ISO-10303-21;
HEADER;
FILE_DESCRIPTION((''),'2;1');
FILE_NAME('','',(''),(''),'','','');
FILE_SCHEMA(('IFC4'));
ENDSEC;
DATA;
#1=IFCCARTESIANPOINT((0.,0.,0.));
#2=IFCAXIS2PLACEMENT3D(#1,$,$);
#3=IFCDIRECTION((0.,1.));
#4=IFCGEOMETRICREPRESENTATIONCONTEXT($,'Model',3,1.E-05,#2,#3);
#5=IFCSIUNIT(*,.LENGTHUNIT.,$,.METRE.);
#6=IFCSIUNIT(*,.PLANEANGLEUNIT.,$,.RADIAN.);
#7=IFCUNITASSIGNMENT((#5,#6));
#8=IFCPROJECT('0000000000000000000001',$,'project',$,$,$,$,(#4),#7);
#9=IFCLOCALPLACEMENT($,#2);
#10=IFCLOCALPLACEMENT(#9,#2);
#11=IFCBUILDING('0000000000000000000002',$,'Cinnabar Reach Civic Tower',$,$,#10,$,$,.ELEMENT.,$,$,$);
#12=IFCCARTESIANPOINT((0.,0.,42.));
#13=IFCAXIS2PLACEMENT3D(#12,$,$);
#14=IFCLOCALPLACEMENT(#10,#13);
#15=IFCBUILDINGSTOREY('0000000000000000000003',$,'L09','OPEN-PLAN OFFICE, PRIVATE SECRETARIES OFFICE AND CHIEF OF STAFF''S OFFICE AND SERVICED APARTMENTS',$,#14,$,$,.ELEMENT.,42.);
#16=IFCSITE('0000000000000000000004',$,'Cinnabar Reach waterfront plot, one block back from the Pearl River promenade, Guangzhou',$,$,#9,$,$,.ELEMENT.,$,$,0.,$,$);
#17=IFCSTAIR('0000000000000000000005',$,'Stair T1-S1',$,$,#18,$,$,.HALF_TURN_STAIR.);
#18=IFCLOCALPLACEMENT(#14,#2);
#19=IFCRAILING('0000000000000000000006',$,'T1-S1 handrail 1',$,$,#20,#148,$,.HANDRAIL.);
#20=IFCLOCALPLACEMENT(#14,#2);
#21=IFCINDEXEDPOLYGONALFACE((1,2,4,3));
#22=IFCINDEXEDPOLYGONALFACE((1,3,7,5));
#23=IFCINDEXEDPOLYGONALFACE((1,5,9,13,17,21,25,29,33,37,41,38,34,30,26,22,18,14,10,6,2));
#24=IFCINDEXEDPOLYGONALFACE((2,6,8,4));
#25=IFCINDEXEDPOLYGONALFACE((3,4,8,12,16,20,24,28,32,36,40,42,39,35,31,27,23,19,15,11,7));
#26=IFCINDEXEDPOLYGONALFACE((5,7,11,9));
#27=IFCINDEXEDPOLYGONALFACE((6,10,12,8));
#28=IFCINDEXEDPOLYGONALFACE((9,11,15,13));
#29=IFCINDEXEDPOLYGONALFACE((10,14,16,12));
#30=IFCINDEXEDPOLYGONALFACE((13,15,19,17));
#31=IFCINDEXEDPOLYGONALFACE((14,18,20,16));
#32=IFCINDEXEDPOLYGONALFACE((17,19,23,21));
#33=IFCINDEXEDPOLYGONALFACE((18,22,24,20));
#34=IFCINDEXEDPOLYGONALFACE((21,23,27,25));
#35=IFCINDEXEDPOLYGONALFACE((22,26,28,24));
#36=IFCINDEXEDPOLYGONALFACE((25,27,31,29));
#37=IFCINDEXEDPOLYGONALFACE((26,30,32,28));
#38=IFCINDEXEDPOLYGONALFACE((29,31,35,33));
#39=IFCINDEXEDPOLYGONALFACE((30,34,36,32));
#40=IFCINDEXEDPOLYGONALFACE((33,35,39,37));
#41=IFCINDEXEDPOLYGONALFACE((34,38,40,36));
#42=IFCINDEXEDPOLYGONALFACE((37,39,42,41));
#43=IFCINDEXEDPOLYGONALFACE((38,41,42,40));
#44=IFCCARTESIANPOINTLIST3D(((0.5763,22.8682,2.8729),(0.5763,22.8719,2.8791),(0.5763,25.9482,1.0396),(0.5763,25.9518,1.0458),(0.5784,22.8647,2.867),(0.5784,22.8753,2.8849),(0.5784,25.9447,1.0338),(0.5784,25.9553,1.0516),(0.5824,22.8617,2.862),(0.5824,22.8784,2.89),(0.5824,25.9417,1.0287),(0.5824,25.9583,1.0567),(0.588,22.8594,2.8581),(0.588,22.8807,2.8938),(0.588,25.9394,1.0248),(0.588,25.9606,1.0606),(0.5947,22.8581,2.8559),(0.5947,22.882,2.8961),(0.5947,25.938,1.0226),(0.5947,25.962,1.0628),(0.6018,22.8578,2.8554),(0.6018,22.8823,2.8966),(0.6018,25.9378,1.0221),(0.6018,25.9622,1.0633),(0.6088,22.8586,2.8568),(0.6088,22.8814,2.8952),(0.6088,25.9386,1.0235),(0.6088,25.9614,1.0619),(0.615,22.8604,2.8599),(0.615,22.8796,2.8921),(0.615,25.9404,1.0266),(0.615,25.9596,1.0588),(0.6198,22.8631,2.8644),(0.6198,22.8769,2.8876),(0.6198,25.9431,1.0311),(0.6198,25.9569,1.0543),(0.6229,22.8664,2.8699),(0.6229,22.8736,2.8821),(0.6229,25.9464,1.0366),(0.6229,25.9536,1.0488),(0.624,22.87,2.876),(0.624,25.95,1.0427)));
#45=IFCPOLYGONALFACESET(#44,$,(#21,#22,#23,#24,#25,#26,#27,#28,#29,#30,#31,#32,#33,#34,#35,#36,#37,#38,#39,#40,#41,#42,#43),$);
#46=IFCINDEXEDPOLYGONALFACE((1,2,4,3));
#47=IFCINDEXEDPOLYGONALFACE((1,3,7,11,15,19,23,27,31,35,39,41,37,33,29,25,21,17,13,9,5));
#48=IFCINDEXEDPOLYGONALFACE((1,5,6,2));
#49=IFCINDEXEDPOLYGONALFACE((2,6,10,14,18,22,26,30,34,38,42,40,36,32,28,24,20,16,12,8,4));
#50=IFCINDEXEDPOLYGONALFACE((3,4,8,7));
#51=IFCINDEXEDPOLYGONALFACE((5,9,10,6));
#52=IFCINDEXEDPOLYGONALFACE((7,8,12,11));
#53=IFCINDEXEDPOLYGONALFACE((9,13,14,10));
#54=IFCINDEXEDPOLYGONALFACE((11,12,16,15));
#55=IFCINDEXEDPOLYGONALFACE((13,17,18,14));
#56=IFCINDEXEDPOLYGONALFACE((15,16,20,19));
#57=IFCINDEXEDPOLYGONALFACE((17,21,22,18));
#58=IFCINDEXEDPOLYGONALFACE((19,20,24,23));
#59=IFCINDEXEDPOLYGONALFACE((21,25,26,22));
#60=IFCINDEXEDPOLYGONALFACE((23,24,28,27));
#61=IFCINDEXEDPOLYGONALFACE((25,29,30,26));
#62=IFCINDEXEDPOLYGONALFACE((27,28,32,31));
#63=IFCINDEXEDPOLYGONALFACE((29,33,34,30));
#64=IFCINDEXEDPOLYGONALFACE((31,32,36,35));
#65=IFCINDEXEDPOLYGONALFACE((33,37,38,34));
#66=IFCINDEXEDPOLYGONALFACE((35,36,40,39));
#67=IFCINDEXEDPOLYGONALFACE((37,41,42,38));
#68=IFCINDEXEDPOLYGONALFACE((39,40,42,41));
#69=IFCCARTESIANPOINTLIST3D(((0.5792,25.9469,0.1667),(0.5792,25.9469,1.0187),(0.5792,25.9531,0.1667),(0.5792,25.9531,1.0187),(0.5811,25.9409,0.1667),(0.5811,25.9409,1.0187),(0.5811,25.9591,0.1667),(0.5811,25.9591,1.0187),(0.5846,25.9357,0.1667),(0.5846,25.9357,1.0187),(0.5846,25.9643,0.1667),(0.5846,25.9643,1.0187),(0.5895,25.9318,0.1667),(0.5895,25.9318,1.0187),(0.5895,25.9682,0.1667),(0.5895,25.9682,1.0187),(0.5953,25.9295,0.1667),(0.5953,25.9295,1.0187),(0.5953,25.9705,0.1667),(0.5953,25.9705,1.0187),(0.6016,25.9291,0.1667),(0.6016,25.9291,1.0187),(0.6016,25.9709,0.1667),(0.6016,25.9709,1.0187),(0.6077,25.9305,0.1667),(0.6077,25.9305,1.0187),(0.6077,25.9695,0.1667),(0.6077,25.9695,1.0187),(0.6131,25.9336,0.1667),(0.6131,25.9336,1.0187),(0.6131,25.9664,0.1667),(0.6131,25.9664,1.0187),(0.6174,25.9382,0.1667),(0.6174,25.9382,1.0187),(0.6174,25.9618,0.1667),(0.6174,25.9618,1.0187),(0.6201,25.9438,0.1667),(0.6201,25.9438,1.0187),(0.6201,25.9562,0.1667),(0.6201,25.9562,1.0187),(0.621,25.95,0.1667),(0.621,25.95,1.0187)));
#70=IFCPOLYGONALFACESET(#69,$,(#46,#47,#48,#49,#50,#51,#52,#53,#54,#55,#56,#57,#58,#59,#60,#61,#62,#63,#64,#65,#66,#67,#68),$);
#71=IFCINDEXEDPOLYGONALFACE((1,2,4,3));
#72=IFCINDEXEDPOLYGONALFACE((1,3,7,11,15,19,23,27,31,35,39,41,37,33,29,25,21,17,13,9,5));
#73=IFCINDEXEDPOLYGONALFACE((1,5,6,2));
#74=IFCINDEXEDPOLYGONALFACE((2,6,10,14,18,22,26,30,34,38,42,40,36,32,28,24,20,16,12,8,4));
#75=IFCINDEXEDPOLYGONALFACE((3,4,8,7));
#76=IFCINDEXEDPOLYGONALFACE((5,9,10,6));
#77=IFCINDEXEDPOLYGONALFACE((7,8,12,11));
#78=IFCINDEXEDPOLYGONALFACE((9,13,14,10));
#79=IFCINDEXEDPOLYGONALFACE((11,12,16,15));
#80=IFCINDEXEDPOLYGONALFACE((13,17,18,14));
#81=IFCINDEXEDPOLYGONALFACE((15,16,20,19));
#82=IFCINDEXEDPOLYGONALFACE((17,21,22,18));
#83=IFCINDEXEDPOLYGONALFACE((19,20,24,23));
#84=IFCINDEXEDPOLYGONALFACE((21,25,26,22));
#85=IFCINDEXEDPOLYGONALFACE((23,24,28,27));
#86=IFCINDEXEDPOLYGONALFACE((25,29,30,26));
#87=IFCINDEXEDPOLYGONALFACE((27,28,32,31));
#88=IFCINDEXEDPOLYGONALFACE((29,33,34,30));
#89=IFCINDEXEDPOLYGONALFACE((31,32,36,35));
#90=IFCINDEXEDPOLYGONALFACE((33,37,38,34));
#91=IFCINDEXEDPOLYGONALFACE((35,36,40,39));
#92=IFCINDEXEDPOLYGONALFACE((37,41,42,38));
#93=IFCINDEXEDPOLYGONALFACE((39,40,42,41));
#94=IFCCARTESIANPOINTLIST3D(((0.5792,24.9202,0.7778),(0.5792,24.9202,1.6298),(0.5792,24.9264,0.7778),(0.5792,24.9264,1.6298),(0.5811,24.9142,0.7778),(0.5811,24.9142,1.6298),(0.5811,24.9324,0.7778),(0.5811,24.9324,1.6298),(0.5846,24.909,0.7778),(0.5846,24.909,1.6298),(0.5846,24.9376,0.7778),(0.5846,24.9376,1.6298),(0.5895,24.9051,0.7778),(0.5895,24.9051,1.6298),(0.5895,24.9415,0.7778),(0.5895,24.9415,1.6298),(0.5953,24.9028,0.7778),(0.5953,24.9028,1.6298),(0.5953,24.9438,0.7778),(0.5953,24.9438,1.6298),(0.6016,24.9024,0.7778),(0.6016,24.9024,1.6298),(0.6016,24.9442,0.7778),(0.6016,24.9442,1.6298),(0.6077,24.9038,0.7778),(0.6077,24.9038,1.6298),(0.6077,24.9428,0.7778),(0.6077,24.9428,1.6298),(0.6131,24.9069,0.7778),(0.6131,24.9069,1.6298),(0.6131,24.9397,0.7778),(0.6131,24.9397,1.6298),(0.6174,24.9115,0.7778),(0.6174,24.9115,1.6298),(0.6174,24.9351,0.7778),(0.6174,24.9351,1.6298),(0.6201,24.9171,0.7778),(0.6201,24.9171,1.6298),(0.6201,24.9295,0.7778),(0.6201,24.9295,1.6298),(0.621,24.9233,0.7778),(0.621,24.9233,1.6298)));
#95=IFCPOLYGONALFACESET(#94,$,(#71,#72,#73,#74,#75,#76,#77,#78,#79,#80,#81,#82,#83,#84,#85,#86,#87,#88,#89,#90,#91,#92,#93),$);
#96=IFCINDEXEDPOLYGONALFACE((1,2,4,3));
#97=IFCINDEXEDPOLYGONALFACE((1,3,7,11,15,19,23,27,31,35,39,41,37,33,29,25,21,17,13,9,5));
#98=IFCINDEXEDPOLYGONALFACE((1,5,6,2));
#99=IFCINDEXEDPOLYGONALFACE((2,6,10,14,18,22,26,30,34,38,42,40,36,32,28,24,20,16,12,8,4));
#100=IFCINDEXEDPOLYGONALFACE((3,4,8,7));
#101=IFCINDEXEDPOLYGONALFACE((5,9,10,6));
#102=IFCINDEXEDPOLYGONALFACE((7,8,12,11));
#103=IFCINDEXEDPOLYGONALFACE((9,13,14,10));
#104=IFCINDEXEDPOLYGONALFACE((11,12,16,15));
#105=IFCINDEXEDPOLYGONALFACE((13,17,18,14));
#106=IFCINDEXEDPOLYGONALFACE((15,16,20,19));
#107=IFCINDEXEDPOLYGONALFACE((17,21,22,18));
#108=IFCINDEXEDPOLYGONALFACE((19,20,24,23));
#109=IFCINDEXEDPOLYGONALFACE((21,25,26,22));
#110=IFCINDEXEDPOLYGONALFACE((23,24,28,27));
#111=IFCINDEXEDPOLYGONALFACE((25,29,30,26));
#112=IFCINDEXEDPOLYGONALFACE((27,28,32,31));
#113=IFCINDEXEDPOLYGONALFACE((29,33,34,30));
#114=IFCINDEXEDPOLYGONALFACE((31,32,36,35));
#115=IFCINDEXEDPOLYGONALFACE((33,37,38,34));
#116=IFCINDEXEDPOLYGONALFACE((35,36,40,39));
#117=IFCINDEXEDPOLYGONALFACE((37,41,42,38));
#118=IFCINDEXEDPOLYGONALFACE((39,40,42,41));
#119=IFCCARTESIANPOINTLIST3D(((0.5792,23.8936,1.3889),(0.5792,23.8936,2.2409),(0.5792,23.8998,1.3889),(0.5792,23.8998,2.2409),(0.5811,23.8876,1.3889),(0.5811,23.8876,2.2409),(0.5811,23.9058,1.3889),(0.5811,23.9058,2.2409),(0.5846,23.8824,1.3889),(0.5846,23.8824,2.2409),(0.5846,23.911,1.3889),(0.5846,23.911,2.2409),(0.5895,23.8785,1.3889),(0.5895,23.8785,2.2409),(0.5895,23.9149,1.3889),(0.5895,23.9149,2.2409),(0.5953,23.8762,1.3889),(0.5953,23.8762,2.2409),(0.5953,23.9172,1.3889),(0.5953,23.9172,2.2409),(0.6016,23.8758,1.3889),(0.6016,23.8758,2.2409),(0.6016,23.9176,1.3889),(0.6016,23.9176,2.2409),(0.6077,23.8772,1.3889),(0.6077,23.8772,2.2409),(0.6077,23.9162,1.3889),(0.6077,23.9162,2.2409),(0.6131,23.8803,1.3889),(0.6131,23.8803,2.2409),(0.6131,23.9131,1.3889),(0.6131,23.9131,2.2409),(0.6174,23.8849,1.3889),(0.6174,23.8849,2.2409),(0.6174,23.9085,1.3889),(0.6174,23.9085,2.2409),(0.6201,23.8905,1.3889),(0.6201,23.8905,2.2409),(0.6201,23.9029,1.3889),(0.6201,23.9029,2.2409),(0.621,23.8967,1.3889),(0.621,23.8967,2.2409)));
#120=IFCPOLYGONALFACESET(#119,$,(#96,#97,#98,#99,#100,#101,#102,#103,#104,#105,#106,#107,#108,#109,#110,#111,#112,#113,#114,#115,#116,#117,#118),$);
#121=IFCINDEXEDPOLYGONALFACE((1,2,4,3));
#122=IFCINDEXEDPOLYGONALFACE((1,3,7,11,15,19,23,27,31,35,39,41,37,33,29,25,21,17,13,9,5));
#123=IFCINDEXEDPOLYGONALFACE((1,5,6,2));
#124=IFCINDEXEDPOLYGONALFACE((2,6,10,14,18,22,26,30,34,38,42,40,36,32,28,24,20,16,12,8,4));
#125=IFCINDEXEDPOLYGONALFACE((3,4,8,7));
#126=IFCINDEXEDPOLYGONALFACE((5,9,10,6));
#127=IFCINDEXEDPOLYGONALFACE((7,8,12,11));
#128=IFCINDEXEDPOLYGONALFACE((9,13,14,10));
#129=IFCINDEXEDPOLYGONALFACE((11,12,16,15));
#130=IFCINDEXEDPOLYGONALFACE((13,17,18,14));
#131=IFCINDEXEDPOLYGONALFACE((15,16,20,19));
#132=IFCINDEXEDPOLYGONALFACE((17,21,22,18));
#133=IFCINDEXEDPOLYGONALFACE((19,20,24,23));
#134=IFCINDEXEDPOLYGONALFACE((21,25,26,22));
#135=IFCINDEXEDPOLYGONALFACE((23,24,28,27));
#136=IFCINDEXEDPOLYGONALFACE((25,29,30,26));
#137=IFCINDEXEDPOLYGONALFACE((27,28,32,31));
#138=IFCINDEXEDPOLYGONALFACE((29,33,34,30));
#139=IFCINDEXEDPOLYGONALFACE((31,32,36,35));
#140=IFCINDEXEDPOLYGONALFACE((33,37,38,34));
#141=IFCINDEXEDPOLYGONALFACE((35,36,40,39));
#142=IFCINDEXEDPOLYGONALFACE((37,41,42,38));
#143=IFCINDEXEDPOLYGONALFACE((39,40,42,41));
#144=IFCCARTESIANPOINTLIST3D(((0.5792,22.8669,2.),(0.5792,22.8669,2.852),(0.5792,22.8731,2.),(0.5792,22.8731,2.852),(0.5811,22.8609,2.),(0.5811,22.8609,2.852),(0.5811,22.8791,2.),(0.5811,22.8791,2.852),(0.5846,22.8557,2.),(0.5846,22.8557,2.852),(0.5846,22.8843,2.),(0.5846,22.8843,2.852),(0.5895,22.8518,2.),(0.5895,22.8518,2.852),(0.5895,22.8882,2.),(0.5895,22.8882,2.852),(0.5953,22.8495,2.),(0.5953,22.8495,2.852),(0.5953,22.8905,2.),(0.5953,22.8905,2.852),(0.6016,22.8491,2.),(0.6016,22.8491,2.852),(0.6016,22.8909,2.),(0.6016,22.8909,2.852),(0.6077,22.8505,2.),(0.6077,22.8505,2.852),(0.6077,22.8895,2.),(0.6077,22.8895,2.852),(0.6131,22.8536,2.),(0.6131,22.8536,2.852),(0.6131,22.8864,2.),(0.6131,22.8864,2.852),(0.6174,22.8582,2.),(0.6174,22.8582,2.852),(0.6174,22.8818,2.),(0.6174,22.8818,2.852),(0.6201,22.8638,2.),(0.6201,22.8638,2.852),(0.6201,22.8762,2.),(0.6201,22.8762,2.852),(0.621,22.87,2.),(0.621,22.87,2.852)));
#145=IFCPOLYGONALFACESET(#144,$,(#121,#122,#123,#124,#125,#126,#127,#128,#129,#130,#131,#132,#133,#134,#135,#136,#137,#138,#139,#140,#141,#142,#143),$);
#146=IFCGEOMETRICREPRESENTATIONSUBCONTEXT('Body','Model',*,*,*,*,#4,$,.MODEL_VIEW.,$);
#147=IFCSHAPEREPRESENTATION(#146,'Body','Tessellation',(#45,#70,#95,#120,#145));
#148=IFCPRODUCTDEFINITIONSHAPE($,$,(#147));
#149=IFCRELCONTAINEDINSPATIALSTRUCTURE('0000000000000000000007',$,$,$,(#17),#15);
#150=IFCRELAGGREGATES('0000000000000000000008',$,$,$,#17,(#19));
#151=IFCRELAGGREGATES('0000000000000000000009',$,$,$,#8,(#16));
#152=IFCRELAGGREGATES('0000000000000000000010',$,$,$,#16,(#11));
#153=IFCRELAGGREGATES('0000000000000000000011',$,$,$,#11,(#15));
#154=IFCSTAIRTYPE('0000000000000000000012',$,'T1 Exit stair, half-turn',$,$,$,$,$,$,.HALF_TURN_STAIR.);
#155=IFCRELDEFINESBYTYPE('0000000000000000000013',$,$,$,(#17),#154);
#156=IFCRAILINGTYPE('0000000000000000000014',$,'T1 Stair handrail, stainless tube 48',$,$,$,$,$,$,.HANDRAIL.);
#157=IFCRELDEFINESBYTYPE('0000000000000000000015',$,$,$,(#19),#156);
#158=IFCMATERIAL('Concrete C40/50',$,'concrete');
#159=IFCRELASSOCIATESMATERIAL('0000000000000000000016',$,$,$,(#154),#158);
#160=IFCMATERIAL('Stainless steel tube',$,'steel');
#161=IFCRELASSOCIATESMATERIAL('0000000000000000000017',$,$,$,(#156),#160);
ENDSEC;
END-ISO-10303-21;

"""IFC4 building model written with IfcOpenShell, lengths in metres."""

from ifc_helpers import new_model, si_unit, direction, frame, origin, origin_2d, place, context, subcontext, project, spatial, circle, extrude, material, type_object, element, aggregate, save


model = new_model("IFC4")

# Units and contexts
model_context = context("Model", 3, precision=1e-05, world=origin(), true_north=direction((0.0, 1.0)))
body_context = subcontext(model_context, "Body", "Model", "MODEL_VIEW")
ifc_project = project(units=[si_unit("LENGTHUNIT", "METRE"), si_unit("PLANEANGLEUNIT", "RADIAN")], contexts=[model_context])

# Site, building, storey
site_placement = place(None, origin())
site = spatial("IfcSite", under=ifc_project, at=site_placement, Name="Cinnabar Reach waterfront plot, one block back from the Pearl River promenade, Guangzhou", CompositionType="ELEMENT", RefElevation=0.0)
building_placement = place(site_placement, origin())
building = spatial("IfcBuilding", under=site, at=building_placement, Name="Cinnabar Reach Civic Tower", CompositionType="ELEMENT")
storey_placement = place(building_placement, frame((0.0, 0.0, 42.0)))
storey = spatial("IfcBuildingStorey", under=building, at=storey_placement, Name="L09", Description="OPEN-PLAN OFFICE, PRIVATE SECRETARIES OFFICE AND CHIEF OF STAFF'S OFFICE AND SERVICED APARTMENTS", CompositionType="ELEMENT", Elevation=42.0)

# Shared definitions
ifc_material_1 = material(Name="Concrete C40/50", Category="concrete")

# Stair, railing
stair_type = type_object("IfcStairType", Name="T1 Exit stair, half-turn", PredefinedType="HALF_TURN_STAIR", material=ifc_material_1)
stair_placement = place(storey_placement, origin())
stair = element("IfcStair", 1, at=stair_placement, inside=storey, type_object=stair_type, Name="Stair T1-S1", PredefinedType="HALF_TURN_STAIR")
ifc_material_2 = material(Name="Stainless steel tube", Category="steel")
railing_type = type_object("IfcRailingType", Name="T1 Stair handrail, stainless tube 48", PredefinedType="HANDRAIL", material=ifc_material_2)
railing_1_placement = place(storey_placement, frame((0.6, 25.95, 0.1667)))
railing_1 = element("IfcRailing", 2, at=railing_1_placement, type_object=railing_type, Name="T1-S1 handrail 1", PredefinedType="HANDRAIL", context=body_context, shape_type="SweptSolid", body=[
    extrude(circle(Radius=0.024, at=origin_2d()), frame((0.0, 0.0, 0.876), z_axis=(0.0, -0.859297, 0.511477), x_axis=(1.0, 0.0, 0.0)), (0.0, 0.0, 1.0), 3.5843),
    extrude(circle(Radius=0.021, at=origin_2d()), origin(), (0.0, 0.0, 1.0), 0.852),
    extrude(circle(Radius=0.021, at=origin_2d()), frame((0.0, -1.0267, 0.6111)), (0.0, 0.0, 1.0), 0.852),
    extrude(circle(Radius=0.021, at=origin_2d()), frame((0.0, -2.0533, 1.2222)), (0.0, 0.0, 1.0), 0.852),
    extrude(circle(Radius=0.021, at=origin_2d()), frame((0.0, -3.08, 1.8333)), (0.0, 0.0, 1.0), 0.852),
])
aggregate(stair, [railing_1])

save(model, "model.ifc")
